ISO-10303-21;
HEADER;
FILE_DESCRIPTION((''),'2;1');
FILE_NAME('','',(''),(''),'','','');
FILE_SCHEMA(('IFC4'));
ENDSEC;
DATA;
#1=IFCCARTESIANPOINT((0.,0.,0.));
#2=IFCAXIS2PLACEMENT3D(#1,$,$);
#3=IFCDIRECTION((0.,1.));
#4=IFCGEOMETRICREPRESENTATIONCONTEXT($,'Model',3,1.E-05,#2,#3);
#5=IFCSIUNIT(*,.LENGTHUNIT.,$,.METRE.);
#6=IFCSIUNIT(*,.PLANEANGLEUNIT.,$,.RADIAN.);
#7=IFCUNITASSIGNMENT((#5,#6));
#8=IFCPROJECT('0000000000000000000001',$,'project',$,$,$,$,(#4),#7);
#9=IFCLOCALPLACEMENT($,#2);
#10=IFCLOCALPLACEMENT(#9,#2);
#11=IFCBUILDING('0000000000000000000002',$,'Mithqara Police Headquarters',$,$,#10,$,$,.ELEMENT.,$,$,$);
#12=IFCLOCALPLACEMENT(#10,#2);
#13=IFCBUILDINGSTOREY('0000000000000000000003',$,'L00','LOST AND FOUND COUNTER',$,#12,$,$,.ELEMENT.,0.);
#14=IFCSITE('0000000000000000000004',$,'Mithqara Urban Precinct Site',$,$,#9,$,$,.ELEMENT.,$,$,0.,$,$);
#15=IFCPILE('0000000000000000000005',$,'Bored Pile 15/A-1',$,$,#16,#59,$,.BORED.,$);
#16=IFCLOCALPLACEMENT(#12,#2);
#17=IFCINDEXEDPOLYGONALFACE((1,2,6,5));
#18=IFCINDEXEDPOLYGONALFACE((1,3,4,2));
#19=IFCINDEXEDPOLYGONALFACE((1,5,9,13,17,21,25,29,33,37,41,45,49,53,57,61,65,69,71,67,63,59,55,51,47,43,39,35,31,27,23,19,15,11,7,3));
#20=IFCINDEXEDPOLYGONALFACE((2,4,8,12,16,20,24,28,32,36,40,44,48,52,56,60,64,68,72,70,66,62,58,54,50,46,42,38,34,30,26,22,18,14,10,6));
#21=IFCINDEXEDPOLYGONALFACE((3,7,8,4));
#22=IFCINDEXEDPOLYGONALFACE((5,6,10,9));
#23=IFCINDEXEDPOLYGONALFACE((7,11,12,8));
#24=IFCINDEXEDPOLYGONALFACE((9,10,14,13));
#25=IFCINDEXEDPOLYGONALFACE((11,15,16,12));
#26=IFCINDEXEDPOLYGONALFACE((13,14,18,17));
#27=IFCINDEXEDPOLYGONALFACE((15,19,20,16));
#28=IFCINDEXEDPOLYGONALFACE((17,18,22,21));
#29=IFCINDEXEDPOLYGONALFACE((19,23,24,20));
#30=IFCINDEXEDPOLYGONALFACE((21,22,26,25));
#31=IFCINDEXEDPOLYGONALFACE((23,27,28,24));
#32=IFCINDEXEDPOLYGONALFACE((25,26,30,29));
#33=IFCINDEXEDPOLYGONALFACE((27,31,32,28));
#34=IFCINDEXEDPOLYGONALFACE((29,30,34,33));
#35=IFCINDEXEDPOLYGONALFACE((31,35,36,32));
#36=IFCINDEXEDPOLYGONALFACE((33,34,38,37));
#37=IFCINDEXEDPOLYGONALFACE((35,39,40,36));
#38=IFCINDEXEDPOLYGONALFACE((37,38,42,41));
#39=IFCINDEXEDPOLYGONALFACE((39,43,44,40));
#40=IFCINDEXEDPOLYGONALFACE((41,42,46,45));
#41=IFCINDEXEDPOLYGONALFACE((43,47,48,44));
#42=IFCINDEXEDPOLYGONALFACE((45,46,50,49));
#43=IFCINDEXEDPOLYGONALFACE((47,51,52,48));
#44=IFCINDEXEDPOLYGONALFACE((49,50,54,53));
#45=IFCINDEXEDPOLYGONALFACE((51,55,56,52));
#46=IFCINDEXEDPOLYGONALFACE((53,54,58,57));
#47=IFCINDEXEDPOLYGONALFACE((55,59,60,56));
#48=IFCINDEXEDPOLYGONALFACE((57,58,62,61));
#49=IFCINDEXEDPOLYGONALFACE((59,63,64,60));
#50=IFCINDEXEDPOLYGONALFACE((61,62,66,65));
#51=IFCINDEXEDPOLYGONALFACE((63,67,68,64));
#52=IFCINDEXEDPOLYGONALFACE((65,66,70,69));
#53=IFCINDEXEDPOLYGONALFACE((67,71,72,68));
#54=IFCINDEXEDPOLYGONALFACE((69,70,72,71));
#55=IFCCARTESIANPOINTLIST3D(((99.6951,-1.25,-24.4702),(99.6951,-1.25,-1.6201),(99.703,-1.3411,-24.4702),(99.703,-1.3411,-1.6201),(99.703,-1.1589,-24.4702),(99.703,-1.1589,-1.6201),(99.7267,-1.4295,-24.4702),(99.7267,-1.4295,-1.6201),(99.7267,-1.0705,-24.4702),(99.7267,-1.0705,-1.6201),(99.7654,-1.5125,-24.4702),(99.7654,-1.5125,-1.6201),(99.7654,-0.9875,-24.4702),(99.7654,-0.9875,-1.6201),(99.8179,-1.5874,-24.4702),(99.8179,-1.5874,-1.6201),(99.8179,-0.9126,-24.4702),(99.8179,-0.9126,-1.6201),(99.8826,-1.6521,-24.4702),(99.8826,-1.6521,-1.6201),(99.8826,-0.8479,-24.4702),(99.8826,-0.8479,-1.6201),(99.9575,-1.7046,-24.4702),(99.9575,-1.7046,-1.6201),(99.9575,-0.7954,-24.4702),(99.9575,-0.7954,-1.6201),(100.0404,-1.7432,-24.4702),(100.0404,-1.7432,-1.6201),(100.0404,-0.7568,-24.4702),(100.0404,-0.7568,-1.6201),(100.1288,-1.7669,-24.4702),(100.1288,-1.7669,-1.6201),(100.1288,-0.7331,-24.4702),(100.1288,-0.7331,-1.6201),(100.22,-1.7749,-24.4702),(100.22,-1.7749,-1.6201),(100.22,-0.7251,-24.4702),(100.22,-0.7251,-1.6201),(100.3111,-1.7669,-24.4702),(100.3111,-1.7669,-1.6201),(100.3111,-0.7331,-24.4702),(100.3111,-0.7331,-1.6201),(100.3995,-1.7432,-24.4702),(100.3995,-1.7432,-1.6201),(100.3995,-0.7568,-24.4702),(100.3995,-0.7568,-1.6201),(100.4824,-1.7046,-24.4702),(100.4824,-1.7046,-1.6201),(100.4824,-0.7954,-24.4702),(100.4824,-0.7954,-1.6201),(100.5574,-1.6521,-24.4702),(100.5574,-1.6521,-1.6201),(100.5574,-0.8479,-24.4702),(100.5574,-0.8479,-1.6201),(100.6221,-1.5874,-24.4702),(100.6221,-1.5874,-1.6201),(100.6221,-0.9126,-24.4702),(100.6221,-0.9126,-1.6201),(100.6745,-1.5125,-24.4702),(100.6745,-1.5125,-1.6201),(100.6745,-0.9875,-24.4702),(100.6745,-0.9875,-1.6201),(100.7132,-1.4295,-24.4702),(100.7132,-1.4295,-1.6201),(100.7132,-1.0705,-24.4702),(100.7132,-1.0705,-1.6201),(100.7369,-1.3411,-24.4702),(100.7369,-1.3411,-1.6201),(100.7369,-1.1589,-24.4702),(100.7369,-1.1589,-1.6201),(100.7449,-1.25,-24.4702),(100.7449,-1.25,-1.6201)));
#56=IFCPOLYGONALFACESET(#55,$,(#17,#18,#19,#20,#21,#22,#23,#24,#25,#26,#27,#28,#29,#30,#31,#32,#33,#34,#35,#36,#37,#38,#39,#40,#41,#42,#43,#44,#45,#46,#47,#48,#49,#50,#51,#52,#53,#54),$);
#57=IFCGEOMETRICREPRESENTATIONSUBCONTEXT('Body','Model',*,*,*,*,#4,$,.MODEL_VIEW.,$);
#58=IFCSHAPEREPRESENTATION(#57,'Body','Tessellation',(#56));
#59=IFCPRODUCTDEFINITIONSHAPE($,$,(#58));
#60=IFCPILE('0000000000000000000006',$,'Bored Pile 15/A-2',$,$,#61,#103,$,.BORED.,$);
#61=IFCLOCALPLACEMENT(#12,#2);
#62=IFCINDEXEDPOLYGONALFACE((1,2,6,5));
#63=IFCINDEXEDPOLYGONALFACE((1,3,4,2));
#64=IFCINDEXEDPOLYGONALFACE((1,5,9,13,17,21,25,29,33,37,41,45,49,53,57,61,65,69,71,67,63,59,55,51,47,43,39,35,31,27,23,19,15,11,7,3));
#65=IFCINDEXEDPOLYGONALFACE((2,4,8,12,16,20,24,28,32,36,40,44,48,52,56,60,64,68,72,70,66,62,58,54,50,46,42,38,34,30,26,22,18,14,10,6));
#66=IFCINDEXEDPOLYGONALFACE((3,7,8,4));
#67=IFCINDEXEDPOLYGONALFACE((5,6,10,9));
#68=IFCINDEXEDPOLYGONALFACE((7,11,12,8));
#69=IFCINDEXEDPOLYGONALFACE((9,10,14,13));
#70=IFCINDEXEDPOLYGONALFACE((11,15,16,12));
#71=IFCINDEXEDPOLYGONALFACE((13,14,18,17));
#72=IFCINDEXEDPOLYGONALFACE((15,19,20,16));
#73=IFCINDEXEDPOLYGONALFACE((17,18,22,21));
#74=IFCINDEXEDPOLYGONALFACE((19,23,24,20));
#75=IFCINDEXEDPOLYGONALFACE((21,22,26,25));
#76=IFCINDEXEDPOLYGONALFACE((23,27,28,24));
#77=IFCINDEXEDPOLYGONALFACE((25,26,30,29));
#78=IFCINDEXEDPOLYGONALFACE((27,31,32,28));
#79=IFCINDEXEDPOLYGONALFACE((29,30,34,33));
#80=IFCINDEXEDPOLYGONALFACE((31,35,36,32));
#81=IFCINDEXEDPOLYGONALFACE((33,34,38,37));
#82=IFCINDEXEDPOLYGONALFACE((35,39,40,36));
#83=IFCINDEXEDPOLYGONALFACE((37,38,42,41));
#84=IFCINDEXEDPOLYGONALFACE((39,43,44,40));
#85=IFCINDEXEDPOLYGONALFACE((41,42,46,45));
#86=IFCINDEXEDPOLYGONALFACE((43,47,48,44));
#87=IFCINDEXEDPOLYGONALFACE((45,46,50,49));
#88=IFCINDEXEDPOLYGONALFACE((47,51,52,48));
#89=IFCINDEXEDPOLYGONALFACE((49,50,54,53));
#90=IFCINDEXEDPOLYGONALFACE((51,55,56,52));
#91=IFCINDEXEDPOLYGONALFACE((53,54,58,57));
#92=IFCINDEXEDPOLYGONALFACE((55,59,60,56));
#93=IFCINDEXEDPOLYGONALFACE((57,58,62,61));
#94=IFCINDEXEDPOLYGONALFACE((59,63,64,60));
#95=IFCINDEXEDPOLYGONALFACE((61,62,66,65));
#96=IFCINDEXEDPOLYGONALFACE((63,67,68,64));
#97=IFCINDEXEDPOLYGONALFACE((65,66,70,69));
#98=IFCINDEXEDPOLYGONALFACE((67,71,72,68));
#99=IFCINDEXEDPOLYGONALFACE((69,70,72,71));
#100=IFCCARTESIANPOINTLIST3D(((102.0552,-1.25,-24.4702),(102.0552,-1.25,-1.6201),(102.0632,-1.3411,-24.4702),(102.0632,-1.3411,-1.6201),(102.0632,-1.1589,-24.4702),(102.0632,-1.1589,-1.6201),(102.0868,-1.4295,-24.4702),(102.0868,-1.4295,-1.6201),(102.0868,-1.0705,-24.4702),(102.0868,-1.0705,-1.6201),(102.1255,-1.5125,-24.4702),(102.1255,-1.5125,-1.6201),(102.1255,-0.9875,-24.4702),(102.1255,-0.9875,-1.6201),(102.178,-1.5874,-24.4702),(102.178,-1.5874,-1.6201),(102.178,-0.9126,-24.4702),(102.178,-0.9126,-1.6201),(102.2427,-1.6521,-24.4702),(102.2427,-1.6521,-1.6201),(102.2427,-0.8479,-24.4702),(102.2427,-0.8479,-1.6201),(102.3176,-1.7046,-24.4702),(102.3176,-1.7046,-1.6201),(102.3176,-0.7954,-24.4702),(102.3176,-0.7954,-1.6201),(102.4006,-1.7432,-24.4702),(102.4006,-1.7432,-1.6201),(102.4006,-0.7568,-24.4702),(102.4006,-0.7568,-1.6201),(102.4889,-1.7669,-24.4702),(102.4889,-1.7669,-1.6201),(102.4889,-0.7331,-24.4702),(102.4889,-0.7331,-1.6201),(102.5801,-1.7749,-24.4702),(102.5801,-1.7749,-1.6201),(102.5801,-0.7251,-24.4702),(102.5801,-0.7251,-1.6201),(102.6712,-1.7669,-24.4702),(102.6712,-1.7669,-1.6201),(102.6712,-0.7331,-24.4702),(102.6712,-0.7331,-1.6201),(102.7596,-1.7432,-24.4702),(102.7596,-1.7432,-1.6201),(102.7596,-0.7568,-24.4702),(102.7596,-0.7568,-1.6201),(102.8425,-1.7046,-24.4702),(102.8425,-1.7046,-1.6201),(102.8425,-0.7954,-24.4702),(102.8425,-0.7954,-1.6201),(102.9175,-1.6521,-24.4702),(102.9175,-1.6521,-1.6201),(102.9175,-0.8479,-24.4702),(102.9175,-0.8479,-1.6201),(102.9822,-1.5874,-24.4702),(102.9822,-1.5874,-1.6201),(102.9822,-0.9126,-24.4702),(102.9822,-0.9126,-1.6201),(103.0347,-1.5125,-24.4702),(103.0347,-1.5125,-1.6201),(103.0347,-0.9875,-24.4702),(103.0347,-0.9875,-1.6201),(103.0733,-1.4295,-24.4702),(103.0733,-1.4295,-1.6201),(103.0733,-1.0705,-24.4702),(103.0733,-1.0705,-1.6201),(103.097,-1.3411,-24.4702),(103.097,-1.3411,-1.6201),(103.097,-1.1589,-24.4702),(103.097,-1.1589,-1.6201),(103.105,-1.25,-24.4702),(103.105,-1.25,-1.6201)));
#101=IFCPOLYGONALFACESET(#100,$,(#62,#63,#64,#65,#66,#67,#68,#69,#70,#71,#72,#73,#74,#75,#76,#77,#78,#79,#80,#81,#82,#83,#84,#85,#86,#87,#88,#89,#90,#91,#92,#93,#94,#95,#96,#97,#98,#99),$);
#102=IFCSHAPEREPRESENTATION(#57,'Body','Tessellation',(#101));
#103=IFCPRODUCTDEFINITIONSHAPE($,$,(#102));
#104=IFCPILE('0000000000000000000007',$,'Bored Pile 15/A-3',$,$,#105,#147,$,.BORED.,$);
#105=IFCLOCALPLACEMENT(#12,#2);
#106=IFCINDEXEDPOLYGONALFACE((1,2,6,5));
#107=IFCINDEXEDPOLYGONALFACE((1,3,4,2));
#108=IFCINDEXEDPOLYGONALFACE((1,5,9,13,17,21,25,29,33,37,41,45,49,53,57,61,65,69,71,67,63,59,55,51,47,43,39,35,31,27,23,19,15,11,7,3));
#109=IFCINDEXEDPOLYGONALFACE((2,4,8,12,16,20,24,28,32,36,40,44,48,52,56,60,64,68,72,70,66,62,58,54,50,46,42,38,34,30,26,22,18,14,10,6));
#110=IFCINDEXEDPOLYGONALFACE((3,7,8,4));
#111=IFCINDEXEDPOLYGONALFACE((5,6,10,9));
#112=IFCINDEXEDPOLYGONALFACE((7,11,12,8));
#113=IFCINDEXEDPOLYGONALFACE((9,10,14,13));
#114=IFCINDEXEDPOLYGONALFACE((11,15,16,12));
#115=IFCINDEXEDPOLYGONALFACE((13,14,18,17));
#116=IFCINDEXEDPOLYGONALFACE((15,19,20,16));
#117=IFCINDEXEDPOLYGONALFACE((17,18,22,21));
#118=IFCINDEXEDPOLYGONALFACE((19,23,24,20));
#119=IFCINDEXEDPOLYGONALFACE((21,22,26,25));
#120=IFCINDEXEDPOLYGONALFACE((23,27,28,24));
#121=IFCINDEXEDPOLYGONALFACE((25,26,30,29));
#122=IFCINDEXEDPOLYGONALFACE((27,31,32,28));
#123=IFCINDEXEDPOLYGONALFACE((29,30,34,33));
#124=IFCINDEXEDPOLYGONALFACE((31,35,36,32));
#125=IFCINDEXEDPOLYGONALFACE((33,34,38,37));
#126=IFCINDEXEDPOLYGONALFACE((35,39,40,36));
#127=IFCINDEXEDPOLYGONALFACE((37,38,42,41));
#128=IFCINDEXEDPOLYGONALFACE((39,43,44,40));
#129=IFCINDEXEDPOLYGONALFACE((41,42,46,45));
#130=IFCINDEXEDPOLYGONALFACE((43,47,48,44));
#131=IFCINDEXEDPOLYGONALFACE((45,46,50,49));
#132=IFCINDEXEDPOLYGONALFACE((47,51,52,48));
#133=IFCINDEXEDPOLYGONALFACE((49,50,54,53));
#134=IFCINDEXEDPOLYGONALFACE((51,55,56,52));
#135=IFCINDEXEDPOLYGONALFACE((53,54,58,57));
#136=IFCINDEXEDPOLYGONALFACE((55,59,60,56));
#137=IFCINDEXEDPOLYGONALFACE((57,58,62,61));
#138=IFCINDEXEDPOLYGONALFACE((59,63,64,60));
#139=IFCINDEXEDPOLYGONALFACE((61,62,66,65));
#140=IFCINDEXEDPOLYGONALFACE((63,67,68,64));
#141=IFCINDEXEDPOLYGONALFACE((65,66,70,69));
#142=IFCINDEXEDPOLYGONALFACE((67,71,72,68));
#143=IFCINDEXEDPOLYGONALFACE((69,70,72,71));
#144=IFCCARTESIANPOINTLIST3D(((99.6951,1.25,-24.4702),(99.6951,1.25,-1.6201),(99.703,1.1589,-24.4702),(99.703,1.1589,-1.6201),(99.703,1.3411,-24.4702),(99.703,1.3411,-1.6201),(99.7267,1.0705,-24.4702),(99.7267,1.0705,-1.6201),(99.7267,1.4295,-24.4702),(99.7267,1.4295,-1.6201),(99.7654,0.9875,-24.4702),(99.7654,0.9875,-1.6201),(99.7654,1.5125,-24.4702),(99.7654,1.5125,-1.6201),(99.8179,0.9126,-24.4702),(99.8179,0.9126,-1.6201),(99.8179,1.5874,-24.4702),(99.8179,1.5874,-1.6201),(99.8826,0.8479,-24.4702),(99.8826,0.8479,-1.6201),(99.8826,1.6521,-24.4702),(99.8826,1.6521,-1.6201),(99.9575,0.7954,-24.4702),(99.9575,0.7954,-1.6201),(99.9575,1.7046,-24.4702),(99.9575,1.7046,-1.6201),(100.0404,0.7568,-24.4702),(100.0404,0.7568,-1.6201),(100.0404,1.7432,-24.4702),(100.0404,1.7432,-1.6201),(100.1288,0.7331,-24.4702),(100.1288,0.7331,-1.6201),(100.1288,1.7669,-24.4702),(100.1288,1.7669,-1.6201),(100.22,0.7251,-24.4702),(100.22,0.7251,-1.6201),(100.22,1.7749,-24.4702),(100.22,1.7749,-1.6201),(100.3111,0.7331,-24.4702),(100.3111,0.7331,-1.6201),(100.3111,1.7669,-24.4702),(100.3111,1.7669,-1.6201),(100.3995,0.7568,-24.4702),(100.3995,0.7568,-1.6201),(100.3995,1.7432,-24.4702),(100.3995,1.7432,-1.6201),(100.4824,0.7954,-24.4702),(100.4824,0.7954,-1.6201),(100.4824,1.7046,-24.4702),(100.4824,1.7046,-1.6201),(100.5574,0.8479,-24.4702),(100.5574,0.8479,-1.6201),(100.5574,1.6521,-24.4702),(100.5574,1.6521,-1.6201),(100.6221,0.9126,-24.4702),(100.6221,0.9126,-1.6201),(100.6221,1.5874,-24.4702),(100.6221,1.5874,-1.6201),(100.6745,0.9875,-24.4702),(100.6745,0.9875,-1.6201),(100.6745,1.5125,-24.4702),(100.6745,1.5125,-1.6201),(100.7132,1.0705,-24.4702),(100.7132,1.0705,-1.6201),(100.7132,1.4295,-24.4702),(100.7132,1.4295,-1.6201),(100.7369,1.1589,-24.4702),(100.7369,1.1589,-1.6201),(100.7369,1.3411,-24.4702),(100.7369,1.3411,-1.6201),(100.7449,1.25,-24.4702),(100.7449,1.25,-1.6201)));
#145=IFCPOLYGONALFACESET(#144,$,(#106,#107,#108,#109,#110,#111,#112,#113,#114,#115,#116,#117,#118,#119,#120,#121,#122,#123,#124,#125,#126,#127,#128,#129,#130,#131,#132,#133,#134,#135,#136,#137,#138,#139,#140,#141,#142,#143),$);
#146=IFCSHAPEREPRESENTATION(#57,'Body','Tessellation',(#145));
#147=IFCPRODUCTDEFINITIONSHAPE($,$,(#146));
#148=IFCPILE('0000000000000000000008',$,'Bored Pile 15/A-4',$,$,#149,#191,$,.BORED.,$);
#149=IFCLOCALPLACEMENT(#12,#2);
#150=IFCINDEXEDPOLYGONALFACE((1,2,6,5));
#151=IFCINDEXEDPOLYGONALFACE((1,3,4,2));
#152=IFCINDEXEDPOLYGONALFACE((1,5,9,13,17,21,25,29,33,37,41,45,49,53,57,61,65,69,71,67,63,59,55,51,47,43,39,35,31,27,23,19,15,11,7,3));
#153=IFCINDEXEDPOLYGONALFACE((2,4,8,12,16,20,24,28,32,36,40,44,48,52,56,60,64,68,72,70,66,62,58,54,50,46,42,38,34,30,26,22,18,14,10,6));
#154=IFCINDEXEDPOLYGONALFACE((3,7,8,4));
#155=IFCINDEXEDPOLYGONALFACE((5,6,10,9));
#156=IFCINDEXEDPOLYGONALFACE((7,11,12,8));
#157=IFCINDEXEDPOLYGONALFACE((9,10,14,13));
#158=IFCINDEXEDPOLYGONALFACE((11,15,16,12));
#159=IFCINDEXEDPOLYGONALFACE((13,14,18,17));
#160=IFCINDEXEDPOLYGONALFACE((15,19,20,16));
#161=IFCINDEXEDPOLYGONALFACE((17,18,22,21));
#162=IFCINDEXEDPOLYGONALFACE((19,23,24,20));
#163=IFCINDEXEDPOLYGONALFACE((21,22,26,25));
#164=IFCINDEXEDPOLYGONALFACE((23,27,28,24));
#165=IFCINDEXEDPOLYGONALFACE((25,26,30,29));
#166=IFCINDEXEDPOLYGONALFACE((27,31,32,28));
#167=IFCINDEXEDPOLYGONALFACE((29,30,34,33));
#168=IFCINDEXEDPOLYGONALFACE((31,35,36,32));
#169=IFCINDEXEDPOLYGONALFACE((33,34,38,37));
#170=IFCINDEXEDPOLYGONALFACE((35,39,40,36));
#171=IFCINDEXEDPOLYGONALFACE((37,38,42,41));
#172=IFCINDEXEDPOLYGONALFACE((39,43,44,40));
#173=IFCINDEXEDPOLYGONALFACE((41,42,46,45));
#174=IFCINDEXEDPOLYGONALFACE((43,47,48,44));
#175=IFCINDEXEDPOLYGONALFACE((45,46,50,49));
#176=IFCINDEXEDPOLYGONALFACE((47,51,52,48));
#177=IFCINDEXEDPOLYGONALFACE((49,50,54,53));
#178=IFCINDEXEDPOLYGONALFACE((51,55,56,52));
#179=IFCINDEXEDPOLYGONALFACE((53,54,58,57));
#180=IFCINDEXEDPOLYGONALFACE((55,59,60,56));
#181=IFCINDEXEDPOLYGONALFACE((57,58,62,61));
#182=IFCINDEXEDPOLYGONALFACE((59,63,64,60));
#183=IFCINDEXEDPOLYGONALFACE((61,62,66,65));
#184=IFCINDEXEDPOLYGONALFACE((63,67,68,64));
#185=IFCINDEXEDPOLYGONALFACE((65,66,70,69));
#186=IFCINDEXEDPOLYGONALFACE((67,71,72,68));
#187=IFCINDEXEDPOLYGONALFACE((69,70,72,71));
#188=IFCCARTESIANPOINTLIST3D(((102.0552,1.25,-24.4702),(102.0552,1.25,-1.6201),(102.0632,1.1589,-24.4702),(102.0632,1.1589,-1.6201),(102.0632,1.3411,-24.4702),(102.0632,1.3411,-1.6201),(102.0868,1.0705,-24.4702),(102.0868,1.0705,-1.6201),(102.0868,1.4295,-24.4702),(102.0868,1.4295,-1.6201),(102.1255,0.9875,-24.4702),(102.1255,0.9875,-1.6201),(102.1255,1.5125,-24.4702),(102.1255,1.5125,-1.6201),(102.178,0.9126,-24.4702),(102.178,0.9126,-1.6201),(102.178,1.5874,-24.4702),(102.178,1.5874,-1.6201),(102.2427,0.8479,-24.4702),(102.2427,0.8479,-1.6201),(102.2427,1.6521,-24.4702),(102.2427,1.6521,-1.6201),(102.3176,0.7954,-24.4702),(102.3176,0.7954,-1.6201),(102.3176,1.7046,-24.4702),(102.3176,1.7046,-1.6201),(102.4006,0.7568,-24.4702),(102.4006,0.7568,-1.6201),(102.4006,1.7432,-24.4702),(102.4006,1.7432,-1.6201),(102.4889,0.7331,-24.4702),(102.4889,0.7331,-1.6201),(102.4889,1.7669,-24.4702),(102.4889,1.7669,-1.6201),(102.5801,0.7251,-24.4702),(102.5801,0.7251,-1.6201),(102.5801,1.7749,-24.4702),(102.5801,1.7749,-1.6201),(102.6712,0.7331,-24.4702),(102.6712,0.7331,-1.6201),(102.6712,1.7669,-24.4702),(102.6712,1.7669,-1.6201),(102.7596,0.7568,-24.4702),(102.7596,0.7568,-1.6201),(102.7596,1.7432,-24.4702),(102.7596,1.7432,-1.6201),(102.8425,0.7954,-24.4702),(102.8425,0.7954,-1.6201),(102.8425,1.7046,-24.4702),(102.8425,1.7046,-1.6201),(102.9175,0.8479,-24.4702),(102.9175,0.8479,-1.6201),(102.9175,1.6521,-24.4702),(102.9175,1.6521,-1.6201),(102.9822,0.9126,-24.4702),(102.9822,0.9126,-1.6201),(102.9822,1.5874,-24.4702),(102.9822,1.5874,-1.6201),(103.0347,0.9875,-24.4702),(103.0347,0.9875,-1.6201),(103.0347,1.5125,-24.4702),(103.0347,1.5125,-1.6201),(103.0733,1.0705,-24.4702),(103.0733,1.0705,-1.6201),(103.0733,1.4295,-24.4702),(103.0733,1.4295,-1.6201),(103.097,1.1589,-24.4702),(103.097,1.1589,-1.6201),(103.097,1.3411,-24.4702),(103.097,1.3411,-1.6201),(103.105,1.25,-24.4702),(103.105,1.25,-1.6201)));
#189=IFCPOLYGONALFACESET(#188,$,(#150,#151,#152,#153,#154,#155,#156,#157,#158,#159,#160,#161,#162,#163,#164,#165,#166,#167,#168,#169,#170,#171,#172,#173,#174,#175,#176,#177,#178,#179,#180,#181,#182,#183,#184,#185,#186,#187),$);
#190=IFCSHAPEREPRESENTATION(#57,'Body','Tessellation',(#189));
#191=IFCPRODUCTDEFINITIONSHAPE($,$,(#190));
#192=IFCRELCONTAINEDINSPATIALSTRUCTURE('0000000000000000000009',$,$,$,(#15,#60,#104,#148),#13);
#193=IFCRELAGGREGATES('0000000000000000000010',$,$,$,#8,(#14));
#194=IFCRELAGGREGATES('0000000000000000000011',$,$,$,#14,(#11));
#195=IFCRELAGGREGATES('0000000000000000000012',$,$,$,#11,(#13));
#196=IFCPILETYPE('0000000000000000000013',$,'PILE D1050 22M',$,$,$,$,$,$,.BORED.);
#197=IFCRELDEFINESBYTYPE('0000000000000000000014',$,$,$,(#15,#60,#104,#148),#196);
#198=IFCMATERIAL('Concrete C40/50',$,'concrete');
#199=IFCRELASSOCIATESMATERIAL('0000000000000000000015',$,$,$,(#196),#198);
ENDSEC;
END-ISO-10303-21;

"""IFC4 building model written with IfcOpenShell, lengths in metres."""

from ifc_helpers import new_model, si_unit, direction, frame, origin, origin_2d, place, context, subcontext, project, spatial, circle, extrude, material, material_profile, profile_set, type_object, element, save


model = new_model("IFC4")

# Units and contexts
model_context = context("Model", 3, precision=1e-05, world=origin(), true_north=direction((0.0, 1.0)))
body_context = subcontext(model_context, "Body", "Model", "MODEL_VIEW")
ifc_project = project(units=[si_unit("LENGTHUNIT", "METRE"), si_unit("PLANEANGLEUNIT", "RADIAN")], contexts=[model_context])

# Site, building, storey
site_placement = place(None, origin())
site = spatial("IfcSite", under=ifc_project, at=site_placement, Name="Mithqara Urban Precinct Site", CompositionType="ELEMENT", RefElevation=0.0)
building_placement = place(site_placement, origin())
building = spatial("IfcBuilding", under=site, at=building_placement, Name="Mithqara Police Headquarters", CompositionType="ELEMENT")
storey_placement = place(building_placement, origin())
storey = spatial("IfcBuildingStorey", under=building, at=storey_placement, Name="L00", Description="LOST AND FOUND COUNTER", CompositionType="ELEMENT", Elevation=0.0)

# Shared definitions
ifc_material_1 = material(Name="Concrete C40/50", Category="concrete")

# Piles
ifc_material_profile_1 = material_profile(ifc_material_1, circle(Radius=0.5249, at=origin_2d()), Name="PILE D1050")
ifc_profile_set_1 = profile_set([ifc_material_profile_1], Name="Concrete C40/50")
pile_type = type_object("IfcPileType", Name="PILE D1050 22M", PredefinedType="BORED", material=ifc_profile_set_1)
for number, where, z_axis, x_axis, name in (
    (1, (100.22, -1.25, -1.6201), (0.0, 0.0, -1.0), (1.0, 0.0, 0.0), "Bored Pile 15/A-1"),
    (2, (102.5801, -1.25, -1.6201), (0.0, 0.0, -1.0), (1.0, 0.0, 0.0), "Bored Pile 15/A-2"),
    (3, (100.22, 1.25, -1.6201), (0.0, 0.0, -1.0), (1.0, 0.0, 0.0), "Bored Pile 15/A-3"),
    (4, (102.5801, 1.25, -1.6201), (0.0, 0.0, -1.0), (1.0, 0.0, 0.0), "Bored Pile 15/A-4"),
):
    element("IfcPile", number, at=place(storey_placement, frame(where, z_axis=z_axis, x_axis=x_axis)), inside=storey, type_object=pile_type, Name=name, PredefinedType="BORED", context=body_context, shape_type="SweptSolid", body=[
        extrude(circle(Radius=0.5249, at=origin_2d()), origin(), (0.0, 0.0, 1.0), 22.8501),
    ])

save(model, "model.ifc")
